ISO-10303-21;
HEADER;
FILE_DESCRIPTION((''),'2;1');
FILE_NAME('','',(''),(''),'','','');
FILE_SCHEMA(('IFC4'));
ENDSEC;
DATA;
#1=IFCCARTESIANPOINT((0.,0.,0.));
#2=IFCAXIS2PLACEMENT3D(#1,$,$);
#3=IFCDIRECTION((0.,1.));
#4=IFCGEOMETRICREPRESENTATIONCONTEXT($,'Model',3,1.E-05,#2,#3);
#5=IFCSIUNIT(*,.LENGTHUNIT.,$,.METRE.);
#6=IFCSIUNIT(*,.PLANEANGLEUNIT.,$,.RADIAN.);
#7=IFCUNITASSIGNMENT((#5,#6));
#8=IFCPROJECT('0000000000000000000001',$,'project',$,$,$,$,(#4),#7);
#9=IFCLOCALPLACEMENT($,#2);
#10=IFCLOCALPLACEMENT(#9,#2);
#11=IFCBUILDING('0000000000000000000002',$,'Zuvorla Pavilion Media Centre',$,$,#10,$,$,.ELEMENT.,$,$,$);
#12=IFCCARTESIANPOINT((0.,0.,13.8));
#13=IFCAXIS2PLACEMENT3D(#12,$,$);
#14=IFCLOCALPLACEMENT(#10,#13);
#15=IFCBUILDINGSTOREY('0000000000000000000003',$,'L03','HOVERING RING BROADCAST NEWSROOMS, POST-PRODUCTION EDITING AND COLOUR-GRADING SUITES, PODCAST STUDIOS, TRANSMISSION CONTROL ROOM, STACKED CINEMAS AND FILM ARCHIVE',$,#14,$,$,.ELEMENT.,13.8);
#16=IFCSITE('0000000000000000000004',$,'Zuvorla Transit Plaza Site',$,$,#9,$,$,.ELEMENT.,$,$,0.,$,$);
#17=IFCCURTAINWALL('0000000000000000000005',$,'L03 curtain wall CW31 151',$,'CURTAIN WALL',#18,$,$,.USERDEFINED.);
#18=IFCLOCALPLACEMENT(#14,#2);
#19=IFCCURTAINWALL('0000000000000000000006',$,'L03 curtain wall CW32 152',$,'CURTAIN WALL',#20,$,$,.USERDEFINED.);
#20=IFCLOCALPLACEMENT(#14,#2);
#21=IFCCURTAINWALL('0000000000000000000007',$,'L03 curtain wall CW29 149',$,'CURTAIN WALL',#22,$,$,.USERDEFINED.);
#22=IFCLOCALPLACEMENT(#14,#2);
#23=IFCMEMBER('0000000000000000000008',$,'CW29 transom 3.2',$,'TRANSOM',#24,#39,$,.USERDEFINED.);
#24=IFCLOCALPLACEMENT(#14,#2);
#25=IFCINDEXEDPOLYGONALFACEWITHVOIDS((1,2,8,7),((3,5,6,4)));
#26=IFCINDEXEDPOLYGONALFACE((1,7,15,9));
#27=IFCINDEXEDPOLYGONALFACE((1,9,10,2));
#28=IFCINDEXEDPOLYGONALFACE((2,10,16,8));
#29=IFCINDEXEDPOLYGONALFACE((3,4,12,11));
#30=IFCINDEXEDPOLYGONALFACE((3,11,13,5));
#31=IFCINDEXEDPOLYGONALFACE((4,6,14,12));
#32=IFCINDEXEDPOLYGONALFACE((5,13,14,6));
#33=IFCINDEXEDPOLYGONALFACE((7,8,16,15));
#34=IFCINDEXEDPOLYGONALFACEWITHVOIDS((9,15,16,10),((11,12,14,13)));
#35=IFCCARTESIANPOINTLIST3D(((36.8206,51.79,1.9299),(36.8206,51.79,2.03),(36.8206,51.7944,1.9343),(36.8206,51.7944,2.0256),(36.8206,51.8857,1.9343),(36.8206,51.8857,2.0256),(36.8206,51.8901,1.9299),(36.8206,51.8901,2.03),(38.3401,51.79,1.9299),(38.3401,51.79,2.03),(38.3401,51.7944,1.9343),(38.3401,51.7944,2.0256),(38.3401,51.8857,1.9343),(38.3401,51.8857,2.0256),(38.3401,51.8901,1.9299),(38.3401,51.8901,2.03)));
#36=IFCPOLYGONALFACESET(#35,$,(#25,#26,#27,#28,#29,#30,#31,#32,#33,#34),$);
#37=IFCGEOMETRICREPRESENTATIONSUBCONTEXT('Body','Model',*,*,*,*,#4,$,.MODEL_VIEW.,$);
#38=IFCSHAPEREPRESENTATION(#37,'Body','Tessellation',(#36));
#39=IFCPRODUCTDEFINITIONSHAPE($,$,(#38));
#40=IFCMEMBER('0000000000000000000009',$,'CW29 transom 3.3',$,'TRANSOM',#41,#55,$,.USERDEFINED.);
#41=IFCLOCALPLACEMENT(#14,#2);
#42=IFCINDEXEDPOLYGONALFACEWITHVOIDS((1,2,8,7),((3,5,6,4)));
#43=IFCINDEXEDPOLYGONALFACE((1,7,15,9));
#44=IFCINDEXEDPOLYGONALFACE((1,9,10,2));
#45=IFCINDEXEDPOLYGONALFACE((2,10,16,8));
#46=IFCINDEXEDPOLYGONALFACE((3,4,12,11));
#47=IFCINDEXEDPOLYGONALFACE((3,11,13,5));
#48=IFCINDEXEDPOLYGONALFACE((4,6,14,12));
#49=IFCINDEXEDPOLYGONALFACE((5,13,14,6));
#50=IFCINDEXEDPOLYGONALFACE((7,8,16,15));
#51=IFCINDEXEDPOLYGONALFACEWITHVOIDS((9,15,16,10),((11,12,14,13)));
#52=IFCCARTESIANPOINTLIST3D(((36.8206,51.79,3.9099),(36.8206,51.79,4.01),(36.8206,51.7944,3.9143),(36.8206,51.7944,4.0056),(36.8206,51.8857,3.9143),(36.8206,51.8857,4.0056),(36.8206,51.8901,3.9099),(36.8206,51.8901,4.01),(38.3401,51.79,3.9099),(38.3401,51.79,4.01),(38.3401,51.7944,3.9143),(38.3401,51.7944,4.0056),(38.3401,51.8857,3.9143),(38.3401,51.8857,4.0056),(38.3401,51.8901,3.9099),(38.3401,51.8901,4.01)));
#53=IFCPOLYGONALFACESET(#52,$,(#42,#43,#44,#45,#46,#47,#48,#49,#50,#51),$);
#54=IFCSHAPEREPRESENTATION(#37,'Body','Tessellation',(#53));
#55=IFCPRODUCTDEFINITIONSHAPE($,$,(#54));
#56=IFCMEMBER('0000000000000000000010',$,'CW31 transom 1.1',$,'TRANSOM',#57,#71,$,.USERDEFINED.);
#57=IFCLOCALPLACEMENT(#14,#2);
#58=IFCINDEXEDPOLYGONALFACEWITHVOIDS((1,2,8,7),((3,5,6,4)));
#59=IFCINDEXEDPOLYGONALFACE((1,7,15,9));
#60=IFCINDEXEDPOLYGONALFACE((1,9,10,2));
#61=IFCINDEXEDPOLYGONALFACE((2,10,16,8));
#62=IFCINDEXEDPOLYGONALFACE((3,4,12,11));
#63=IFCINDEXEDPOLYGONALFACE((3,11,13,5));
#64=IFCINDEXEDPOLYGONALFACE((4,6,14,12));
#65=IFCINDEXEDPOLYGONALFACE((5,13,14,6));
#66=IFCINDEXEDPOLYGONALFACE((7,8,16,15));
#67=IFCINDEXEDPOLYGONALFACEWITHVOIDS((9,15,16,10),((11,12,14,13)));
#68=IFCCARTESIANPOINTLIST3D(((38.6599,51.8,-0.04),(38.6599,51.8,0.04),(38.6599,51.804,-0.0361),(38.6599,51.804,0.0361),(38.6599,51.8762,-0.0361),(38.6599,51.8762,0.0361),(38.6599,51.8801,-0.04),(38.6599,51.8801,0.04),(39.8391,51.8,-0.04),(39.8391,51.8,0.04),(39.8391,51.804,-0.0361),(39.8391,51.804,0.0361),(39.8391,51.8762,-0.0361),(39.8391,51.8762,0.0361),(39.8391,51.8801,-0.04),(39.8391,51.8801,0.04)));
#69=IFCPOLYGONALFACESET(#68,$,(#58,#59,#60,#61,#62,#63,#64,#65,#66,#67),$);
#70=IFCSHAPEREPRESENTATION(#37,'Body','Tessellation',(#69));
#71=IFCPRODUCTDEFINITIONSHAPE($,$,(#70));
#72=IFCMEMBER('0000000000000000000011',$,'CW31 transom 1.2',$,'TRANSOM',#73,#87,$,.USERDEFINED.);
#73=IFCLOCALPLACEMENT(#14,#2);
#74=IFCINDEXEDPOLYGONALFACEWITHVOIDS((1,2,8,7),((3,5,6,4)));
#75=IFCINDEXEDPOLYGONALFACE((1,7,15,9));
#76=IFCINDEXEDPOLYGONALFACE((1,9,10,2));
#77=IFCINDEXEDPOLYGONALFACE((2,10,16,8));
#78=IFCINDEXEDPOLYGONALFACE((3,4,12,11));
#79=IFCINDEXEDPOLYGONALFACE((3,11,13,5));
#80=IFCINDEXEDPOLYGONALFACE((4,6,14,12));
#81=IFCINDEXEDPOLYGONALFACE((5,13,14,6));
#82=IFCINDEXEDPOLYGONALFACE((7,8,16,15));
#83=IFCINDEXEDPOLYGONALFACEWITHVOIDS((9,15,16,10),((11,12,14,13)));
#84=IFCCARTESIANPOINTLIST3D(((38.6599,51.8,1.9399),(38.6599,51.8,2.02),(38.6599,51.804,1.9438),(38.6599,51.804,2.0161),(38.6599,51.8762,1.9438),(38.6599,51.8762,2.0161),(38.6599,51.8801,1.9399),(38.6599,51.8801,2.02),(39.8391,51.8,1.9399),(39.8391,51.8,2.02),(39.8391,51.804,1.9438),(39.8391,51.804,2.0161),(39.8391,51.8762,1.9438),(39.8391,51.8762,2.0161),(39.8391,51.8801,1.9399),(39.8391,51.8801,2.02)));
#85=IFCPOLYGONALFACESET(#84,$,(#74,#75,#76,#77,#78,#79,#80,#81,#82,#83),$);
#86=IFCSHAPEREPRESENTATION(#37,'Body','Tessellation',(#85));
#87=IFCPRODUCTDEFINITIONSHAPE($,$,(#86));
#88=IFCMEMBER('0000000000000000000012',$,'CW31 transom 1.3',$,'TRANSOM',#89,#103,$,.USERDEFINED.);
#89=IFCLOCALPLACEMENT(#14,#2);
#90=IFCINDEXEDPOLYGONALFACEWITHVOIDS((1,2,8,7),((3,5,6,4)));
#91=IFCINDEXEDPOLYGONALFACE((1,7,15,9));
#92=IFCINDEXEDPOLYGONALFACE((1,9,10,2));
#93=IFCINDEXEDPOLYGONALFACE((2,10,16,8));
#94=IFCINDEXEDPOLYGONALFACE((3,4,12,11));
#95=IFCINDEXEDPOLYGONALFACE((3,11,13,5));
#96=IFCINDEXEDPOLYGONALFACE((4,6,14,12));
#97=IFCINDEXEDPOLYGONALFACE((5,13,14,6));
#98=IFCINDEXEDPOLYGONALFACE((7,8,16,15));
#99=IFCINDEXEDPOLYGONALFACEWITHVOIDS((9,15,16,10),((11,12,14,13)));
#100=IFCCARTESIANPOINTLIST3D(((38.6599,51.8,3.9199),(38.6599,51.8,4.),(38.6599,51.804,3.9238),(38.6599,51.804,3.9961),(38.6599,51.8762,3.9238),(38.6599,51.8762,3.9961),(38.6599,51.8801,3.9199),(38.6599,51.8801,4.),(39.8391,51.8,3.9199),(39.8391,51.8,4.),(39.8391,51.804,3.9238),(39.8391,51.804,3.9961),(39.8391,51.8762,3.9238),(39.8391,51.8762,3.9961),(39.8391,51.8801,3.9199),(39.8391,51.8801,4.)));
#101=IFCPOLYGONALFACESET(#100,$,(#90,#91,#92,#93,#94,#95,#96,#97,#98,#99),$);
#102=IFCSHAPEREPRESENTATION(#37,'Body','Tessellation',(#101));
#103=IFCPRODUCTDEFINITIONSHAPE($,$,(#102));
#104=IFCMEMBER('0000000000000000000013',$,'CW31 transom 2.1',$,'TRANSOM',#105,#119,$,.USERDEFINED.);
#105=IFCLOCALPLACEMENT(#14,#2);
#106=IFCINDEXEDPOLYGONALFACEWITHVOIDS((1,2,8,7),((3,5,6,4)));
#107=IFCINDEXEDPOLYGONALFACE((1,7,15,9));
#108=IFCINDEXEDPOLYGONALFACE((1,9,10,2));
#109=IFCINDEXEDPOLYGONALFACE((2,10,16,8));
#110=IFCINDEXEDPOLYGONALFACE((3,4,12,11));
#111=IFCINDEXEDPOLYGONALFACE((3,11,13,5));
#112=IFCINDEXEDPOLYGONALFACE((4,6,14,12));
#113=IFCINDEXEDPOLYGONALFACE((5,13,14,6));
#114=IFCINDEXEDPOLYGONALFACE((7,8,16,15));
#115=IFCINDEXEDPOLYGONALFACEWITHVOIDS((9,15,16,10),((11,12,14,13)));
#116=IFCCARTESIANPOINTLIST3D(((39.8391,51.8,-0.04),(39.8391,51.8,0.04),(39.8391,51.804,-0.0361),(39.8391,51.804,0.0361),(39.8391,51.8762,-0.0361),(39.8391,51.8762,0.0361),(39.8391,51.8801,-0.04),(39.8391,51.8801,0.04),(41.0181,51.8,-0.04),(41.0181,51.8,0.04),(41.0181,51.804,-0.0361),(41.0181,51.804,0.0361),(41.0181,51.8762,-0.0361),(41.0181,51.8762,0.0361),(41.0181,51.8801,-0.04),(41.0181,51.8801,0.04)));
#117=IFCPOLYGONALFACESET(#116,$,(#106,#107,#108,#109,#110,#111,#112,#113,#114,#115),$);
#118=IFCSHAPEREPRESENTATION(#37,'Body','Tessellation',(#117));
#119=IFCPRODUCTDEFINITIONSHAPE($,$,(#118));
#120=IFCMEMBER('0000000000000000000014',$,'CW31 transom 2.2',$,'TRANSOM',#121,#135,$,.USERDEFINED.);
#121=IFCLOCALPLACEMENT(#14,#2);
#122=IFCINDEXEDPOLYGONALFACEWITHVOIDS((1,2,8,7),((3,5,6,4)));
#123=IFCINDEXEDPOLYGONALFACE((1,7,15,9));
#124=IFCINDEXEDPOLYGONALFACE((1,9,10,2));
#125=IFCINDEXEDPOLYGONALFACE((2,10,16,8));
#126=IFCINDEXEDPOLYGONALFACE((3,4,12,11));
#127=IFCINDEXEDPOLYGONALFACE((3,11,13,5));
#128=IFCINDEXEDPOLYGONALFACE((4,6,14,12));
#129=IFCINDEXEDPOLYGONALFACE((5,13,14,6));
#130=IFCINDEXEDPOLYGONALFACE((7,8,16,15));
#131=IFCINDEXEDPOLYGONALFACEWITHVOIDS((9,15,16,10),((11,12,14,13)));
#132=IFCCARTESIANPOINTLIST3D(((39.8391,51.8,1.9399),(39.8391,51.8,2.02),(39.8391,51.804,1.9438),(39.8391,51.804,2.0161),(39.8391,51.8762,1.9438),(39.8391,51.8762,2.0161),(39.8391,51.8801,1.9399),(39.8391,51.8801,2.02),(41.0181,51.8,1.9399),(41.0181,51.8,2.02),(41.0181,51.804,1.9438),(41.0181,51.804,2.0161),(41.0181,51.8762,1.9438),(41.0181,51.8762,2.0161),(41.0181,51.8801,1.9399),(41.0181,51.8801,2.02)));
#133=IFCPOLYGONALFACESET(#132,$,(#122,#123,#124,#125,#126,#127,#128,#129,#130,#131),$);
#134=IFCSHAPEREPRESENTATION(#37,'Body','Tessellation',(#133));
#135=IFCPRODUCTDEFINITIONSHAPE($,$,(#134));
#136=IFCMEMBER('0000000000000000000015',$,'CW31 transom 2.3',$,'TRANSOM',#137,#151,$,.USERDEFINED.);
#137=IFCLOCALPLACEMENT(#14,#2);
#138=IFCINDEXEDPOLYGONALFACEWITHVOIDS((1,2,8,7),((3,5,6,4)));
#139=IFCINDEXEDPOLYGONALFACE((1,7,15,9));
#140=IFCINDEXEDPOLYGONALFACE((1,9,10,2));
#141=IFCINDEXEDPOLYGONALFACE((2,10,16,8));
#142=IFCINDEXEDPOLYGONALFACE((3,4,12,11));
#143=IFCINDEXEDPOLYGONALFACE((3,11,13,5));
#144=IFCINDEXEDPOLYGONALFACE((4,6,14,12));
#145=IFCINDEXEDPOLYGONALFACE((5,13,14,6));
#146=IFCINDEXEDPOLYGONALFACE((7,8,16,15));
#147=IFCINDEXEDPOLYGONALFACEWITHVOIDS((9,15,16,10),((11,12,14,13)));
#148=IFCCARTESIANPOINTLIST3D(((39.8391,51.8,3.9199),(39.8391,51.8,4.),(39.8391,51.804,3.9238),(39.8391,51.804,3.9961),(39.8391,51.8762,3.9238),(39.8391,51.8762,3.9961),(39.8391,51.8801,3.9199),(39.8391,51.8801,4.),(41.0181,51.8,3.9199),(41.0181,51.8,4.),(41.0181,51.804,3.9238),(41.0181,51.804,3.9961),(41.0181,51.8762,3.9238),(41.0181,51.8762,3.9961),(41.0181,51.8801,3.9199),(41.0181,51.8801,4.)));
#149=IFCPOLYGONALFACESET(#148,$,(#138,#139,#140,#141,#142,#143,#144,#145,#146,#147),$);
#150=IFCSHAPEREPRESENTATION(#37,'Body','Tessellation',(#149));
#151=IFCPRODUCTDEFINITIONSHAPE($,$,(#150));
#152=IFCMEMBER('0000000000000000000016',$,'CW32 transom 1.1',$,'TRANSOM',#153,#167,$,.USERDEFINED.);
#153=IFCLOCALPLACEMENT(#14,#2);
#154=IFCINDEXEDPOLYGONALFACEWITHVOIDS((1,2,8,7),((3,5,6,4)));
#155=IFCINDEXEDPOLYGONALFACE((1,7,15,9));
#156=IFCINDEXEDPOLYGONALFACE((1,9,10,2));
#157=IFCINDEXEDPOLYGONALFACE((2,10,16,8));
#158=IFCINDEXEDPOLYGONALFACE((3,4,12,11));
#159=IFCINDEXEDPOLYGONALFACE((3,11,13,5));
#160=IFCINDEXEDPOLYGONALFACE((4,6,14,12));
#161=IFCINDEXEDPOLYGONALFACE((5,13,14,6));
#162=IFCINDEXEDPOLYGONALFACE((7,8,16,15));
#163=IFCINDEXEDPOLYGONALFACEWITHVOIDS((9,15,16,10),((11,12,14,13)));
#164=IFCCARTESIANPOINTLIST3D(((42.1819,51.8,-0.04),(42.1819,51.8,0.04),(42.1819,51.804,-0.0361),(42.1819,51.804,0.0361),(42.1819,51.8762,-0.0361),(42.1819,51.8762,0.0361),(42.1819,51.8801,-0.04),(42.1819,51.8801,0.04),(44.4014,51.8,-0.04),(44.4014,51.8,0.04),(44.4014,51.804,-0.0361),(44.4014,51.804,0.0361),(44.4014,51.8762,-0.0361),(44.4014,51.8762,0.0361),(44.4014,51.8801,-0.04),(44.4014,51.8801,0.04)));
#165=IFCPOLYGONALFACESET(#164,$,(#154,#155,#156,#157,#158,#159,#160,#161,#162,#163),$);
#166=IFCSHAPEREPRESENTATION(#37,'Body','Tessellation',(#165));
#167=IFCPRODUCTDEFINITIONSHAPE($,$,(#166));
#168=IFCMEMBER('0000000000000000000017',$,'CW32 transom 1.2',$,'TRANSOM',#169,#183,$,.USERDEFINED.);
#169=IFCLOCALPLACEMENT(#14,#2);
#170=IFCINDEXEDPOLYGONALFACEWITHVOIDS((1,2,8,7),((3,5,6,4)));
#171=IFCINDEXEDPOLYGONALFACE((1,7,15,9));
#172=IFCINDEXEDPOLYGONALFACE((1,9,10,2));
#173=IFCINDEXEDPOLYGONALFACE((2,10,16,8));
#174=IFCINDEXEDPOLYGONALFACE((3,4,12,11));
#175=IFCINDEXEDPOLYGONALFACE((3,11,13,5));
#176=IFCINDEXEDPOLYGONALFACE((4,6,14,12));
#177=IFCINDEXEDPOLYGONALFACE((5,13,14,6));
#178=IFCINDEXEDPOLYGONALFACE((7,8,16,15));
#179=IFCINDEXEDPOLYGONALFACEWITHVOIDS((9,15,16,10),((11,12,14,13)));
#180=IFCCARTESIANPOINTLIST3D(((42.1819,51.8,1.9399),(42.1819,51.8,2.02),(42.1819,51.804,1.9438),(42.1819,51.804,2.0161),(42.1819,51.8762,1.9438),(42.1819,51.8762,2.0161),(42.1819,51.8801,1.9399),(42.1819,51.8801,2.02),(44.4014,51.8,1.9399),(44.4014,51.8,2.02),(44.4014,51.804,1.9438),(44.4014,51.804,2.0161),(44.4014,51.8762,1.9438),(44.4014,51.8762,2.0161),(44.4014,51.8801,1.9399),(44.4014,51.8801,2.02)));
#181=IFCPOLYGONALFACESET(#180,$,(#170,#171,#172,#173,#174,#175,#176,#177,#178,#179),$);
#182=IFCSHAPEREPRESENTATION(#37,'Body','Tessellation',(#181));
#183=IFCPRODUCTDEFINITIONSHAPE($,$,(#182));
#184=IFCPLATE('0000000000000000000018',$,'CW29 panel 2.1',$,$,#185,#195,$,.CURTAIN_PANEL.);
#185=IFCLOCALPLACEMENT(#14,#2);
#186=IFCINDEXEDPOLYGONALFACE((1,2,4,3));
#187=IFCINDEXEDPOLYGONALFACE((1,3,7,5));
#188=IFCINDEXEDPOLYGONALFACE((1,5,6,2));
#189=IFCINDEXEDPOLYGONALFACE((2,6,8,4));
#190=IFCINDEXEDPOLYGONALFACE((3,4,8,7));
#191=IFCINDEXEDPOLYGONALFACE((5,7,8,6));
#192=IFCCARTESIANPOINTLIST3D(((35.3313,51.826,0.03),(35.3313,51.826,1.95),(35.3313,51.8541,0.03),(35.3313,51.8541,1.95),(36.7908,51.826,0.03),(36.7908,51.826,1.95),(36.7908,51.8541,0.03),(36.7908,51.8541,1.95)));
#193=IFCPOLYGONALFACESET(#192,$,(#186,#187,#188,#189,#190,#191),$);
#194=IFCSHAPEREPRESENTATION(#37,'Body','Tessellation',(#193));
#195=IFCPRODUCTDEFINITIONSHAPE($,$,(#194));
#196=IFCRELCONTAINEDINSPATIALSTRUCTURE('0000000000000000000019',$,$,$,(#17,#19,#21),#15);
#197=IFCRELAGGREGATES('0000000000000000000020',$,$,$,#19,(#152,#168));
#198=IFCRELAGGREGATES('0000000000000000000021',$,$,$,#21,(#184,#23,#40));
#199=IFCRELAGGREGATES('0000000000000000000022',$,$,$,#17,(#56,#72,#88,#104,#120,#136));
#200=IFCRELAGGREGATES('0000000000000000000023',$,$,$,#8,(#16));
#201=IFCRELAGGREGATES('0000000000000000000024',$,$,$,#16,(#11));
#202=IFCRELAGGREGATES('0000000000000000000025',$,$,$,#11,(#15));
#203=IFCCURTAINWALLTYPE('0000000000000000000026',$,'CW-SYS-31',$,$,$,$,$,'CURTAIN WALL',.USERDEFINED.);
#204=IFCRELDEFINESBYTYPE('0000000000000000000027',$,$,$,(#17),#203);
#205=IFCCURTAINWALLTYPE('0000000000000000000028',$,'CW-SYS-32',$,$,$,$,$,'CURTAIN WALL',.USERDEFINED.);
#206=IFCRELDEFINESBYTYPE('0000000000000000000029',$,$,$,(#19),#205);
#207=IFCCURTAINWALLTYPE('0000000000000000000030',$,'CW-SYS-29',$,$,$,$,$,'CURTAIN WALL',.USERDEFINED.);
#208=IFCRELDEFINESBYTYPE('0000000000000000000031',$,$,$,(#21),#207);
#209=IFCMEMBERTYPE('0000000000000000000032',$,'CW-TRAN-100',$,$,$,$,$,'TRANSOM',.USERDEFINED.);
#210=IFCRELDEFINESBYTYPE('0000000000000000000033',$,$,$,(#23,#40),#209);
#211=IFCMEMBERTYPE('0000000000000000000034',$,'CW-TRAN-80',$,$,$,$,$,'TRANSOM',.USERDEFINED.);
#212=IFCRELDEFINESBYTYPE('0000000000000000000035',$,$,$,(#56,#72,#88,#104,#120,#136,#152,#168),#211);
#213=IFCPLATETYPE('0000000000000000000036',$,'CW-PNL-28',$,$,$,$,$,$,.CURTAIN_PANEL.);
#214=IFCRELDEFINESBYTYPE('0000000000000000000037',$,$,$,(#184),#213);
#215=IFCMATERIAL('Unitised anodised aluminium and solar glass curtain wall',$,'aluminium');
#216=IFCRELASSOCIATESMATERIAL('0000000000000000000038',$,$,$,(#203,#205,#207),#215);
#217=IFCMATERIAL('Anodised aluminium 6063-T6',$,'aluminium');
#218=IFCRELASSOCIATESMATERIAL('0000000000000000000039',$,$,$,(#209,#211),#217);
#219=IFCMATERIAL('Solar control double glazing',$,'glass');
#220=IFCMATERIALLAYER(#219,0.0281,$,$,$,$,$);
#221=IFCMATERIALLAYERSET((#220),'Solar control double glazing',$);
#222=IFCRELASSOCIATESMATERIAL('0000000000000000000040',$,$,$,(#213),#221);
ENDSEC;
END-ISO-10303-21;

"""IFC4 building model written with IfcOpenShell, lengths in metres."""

from ifc_helpers import new_model, si_unit, direction, frame, origin, origin_2d, place, context, subcontext, project, spatial, rectangle, hollow_rectangle, extrude, material, layer, layer_set, material_profile, profile_set, type_object, element, aggregate, save


model = new_model("IFC4")

# Units and contexts
model_context = context("Model", 3, precision=1e-05, world=origin(), true_north=direction((0.0, 1.0)))
body_context = subcontext(model_context, "Body", "Model", "MODEL_VIEW")
ifc_project = project(units=[si_unit("LENGTHUNIT", "METRE"), si_unit("PLANEANGLEUNIT", "RADIAN")], contexts=[model_context])

# Site, building, storey
site_placement = place(None, origin())
site = spatial("IfcSite", under=ifc_project, at=site_placement, Name="Zuvorla Transit Plaza Site", CompositionType="ELEMENT", RefElevation=0.0)
building_placement = place(site_placement, origin())
building = spatial("IfcBuilding", under=site, at=building_placement, Name="Zuvorla Pavilion Media Centre", CompositionType="ELEMENT")
storey_placement = place(building_placement, frame((0.0, 0.0, 13.8)))
storey = spatial("IfcBuildingStorey", under=building, at=storey_placement, Name="L03", Description="HOVERING RING BROADCAST NEWSROOMS, POST-PRODUCTION EDITING AND COLOUR-GRADING SUITES, PODCAST STUDIOS, TRANSMISSION CONTROL ROOM, STACKED CINEMAS AND FILM ARCHIVE", CompositionType="ELEMENT", Elevation=13.8)

# Curtain wall
ifc_material_1 = material(Name="Unitised anodised aluminium and solar glass curtain wall", Category="aluminium")
curtain_wall_type_1 = type_object("IfcCurtainWallType", Name="CW-SYS-31", ElementType="CURTAIN WALL", PredefinedType="USERDEFINED", material=ifc_material_1)
curtain_wall_1_placement = place(storey_placement, origin())
curtain_wall_1 = element("IfcCurtainWall", 1, at=curtain_wall_1_placement, inside=storey, type_object=curtain_wall_type_1, Name="L03 curtain wall CW31 151", ObjectType="CURTAIN WALL", PredefinedType="USERDEFINED")
ifc_material_2 = material(Name="Anodised aluminium 6063-T6", Category="aluminium")

# Curtain wall
curtain_wall_type_2 = type_object("IfcCurtainWallType", Name="CW-SYS-32", ElementType="CURTAIN WALL", PredefinedType="USERDEFINED", material=ifc_material_1)
curtain_wall_2_placement = place(storey_placement, origin())
curtain_wall_2 = element("IfcCurtainWall", 2, at=curtain_wall_2_placement, inside=storey, type_object=curtain_wall_type_2, Name="L03 curtain wall CW32 152", ObjectType="CURTAIN WALL", PredefinedType="USERDEFINED")

# Curtain wall
curtain_wall_type_3 = type_object("IfcCurtainWallType", Name="CW-SYS-29", ElementType="CURTAIN WALL", PredefinedType="USERDEFINED", material=ifc_material_1)
curtain_wall_3_placement = place(storey_placement, origin())
curtain_wall_3 = element("IfcCurtainWall", 3, at=curtain_wall_3_placement, inside=storey, type_object=curtain_wall_type_3, Name="L03 curtain wall CW29 149", ObjectType="CURTAIN WALL", PredefinedType="USERDEFINED")

# Members
ifc_material_profile_1 = material_profile(ifc_material_2, hollow_rectangle(XDim=0.1001, YDim=0.1001, WallThickness=0.0044, at=origin_2d()), Name="ALU TRAN 100x100")
ifc_profile_set_1 = profile_set([ifc_material_profile_1], Name="Anodised aluminium 6063-T6")
member_type_1 = type_object("IfcMemberType", Name="CW-TRAN-100", ElementType="TRANSOM", PredefinedType="USERDEFINED", material=ifc_profile_set_1)
member_1_placement = place(storey_placement, frame((36.8206, 51.8401, 1.98), z_axis=(1.0, 0.0, 0.0), x_axis=(0.0, 1.0, 0.0)))
member_1 = element("IfcMember", 4, at=member_1_placement, type_object=member_type_1, Name="CW29 transom 3.2", ObjectType="TRANSOM", PredefinedType="USERDEFINED", context=body_context, shape_type="SweptSolid", body=[
    extrude(hollow_rectangle(XDim=0.1001, YDim=0.1001, WallThickness=0.0044, at=origin_2d()), origin(), (0.0, 0.0, 1.0), 1.5195),
])
member_2_placement = place(storey_placement, frame((36.8206, 51.8401, 3.96), z_axis=(1.0, 0.0, 0.0), x_axis=(0.0, 1.0, 0.0)))
member_2 = element("IfcMember", 5, at=member_2_placement, type_object=member_type_1, Name="CW29 transom 3.3", ObjectType="TRANSOM", PredefinedType="USERDEFINED", context=body_context, shape_type="SweptSolid", body=[
    extrude(hollow_rectangle(XDim=0.1001, YDim=0.1001, WallThickness=0.0044, at=origin_2d()), origin(), (0.0, 0.0, 1.0), 1.5195),
])
ifc_material_profile_2 = material_profile(ifc_material_2, hollow_rectangle(XDim=0.0801, YDim=0.0801, WallThickness=0.0039, at=origin_2d()), Name="ALU TRAN 80x80")
ifc_profile_set_2 = profile_set([ifc_material_profile_2], Name="Anodised aluminium 6063-T6")
member_type_2 = type_object("IfcMemberType", Name="CW-TRAN-80", ElementType="TRANSOM", PredefinedType="USERDEFINED", material=ifc_profile_set_2)
member_3_placement = place(storey_placement, frame((38.6599, 51.8401, 0.0), z_axis=(1.0, 0.0, 0.0), x_axis=(0.0, 1.0, 0.0)))
member_3 = element("IfcMember", 6, at=member_3_placement, type_object=member_type_2, Name="CW31 transom 1.1", ObjectType="TRANSOM", PredefinedType="USERDEFINED", context=body_context, shape_type="SweptSolid", body=[
    extrude(hollow_rectangle(XDim=0.0801, YDim=0.0801, WallThickness=0.0039, at=origin_2d()), origin(), (0.0, 0.0, 1.0), 1.1792),
])
member_4_placement = place(storey_placement, frame((38.6599, 51.8401, 1.98), z_axis=(1.0, 0.0, 0.0), x_axis=(0.0, 1.0, 0.0)))
member_4 = element("IfcMember", 7, at=member_4_placement, type_object=member_type_2, Name="CW31 transom 1.2", ObjectType="TRANSOM", PredefinedType="USERDEFINED", context=body_context, shape_type="SweptSolid", body=[
    extrude(hollow_rectangle(XDim=0.0801, YDim=0.0801, WallThickness=0.0039, at=origin_2d()), origin(), (0.0, 0.0, 1.0), 1.1792),
])
member_5_placement = place(storey_placement, frame((38.6599, 51.8401, 3.96), z_axis=(1.0, 0.0, 0.0), x_axis=(0.0, 1.0, 0.0)))
member_5 = element("IfcMember", 8, at=member_5_placement, type_object=member_type_2, Name="CW31 transom 1.3", ObjectType="TRANSOM", PredefinedType="USERDEFINED", context=body_context, shape_type="SweptSolid", body=[
    extrude(hollow_rectangle(XDim=0.0801, YDim=0.0801, WallThickness=0.0039, at=origin_2d()), origin(), (0.0, 0.0, 1.0), 1.1792),
])
member_6_placement = place(storey_placement, frame((39.8391, 51.8401, 0.0), z_axis=(1.0, 0.0, 0.0), x_axis=(0.0, 1.0, 0.0)))
member_6 = element("IfcMember", 9, at=member_6_placement, type_object=member_type_2, Name="CW31 transom 2.1", ObjectType="TRANSOM", PredefinedType="USERDEFINED", context=body_context, shape_type="SweptSolid", body=[
    extrude(hollow_rectangle(XDim=0.0801, YDim=0.0801, WallThickness=0.0039, at=origin_2d()), origin(), (0.0, 0.0, 1.0), 1.179),
])
member_7_placement = place(storey_placement, frame((39.8391, 51.8401, 1.98), z_axis=(1.0, 0.0, 0.0), x_axis=(0.0, 1.0, 0.0)))
member_7 = element("IfcMember", 10, at=member_7_placement, type_object=member_type_2, Name="CW31 transom 2.2", ObjectType="TRANSOM", PredefinedType="USERDEFINED", context=body_context, shape_type="SweptSolid", body=[
    extrude(hollow_rectangle(XDim=0.0801, YDim=0.0801, WallThickness=0.0039, at=origin_2d()), origin(), (0.0, 0.0, 1.0), 1.179),
])
member_8_placement = place(storey_placement, frame((39.8391, 51.8401, 3.96), z_axis=(1.0, 0.0, 0.0), x_axis=(0.0, 1.0, 0.0)))
member_8 = element("IfcMember", 11, at=member_8_placement, type_object=member_type_2, Name="CW31 transom 2.3", ObjectType="TRANSOM", PredefinedType="USERDEFINED", context=body_context, shape_type="SweptSolid", body=[
    extrude(hollow_rectangle(XDim=0.0801, YDim=0.0801, WallThickness=0.0039, at=origin_2d()), origin(), (0.0, 0.0, 1.0), 1.179),
])
member_9_placement = place(storey_placement, frame((42.1819, 51.8401, 0.0), z_axis=(1.0, 0.0, 0.0), x_axis=(0.0, 1.0, 0.0)))
member_9 = element("IfcMember", 12, at=member_9_placement, type_object=member_type_2, Name="CW32 transom 1.1", ObjectType="TRANSOM", PredefinedType="USERDEFINED", context=body_context, shape_type="SweptSolid", body=[
    extrude(hollow_rectangle(XDim=0.0801, YDim=0.0801, WallThickness=0.0039, at=origin_2d()), origin(), (0.0, 0.0, 1.0), 2.2195),
])
member_10_placement = place(storey_placement, frame((42.1819, 51.8401, 1.98), z_axis=(1.0, 0.0, 0.0), x_axis=(0.0, 1.0, 0.0)))
member_10 = element("IfcMember", 13, at=member_10_placement, type_object=member_type_2, Name="CW32 transom 1.2", ObjectType="TRANSOM", PredefinedType="USERDEFINED", context=body_context, shape_type="SweptSolid", body=[
    extrude(hollow_rectangle(XDim=0.0801, YDim=0.0801, WallThickness=0.0039, at=origin_2d()), origin(), (0.0, 0.0, 1.0), 2.2195),
])
aggregate(curtain_wall_2, [member_9, member_10])

# Plate
ifc_material_3 = material(Name="Solar control double glazing", Category="glass")
ifc_layer_1 = layer(ifc_material_3, 0.0281)
ifc_layer_set_1 = layer_set([ifc_layer_1], Name="Solar control double glazing")
plate_type_1 = type_object("IfcPlateType", Name="CW-PNL-28", PredefinedType="CURTAIN_PANEL", material=ifc_layer_set_1)
plate_1_placement = place(storey_placement, frame((36.061, 51.8401, 0.03), z_axis=(0.0, 0.0, 1.0), x_axis=(1.0, 0.0, 0.0)))
plate_1 = element("IfcPlate", 14, at=plate_1_placement, type_object=plate_type_1, Name="CW29 panel 2.1", PredefinedType="CURTAIN_PANEL", context=body_context, shape_type="SweptSolid", body=[
    extrude(rectangle(XDim=1.4595, YDim=0.0281, at=origin_2d()), origin(), (0.0, 0.0, 1.0), 1.9199),
])
aggregate(curtain_wall_3, [plate_1, member_1, member_2])
aggregate(curtain_wall_1, [member_3, member_4, member_5, member_6, member_7, member_8])

save(model, "model.ifc")
